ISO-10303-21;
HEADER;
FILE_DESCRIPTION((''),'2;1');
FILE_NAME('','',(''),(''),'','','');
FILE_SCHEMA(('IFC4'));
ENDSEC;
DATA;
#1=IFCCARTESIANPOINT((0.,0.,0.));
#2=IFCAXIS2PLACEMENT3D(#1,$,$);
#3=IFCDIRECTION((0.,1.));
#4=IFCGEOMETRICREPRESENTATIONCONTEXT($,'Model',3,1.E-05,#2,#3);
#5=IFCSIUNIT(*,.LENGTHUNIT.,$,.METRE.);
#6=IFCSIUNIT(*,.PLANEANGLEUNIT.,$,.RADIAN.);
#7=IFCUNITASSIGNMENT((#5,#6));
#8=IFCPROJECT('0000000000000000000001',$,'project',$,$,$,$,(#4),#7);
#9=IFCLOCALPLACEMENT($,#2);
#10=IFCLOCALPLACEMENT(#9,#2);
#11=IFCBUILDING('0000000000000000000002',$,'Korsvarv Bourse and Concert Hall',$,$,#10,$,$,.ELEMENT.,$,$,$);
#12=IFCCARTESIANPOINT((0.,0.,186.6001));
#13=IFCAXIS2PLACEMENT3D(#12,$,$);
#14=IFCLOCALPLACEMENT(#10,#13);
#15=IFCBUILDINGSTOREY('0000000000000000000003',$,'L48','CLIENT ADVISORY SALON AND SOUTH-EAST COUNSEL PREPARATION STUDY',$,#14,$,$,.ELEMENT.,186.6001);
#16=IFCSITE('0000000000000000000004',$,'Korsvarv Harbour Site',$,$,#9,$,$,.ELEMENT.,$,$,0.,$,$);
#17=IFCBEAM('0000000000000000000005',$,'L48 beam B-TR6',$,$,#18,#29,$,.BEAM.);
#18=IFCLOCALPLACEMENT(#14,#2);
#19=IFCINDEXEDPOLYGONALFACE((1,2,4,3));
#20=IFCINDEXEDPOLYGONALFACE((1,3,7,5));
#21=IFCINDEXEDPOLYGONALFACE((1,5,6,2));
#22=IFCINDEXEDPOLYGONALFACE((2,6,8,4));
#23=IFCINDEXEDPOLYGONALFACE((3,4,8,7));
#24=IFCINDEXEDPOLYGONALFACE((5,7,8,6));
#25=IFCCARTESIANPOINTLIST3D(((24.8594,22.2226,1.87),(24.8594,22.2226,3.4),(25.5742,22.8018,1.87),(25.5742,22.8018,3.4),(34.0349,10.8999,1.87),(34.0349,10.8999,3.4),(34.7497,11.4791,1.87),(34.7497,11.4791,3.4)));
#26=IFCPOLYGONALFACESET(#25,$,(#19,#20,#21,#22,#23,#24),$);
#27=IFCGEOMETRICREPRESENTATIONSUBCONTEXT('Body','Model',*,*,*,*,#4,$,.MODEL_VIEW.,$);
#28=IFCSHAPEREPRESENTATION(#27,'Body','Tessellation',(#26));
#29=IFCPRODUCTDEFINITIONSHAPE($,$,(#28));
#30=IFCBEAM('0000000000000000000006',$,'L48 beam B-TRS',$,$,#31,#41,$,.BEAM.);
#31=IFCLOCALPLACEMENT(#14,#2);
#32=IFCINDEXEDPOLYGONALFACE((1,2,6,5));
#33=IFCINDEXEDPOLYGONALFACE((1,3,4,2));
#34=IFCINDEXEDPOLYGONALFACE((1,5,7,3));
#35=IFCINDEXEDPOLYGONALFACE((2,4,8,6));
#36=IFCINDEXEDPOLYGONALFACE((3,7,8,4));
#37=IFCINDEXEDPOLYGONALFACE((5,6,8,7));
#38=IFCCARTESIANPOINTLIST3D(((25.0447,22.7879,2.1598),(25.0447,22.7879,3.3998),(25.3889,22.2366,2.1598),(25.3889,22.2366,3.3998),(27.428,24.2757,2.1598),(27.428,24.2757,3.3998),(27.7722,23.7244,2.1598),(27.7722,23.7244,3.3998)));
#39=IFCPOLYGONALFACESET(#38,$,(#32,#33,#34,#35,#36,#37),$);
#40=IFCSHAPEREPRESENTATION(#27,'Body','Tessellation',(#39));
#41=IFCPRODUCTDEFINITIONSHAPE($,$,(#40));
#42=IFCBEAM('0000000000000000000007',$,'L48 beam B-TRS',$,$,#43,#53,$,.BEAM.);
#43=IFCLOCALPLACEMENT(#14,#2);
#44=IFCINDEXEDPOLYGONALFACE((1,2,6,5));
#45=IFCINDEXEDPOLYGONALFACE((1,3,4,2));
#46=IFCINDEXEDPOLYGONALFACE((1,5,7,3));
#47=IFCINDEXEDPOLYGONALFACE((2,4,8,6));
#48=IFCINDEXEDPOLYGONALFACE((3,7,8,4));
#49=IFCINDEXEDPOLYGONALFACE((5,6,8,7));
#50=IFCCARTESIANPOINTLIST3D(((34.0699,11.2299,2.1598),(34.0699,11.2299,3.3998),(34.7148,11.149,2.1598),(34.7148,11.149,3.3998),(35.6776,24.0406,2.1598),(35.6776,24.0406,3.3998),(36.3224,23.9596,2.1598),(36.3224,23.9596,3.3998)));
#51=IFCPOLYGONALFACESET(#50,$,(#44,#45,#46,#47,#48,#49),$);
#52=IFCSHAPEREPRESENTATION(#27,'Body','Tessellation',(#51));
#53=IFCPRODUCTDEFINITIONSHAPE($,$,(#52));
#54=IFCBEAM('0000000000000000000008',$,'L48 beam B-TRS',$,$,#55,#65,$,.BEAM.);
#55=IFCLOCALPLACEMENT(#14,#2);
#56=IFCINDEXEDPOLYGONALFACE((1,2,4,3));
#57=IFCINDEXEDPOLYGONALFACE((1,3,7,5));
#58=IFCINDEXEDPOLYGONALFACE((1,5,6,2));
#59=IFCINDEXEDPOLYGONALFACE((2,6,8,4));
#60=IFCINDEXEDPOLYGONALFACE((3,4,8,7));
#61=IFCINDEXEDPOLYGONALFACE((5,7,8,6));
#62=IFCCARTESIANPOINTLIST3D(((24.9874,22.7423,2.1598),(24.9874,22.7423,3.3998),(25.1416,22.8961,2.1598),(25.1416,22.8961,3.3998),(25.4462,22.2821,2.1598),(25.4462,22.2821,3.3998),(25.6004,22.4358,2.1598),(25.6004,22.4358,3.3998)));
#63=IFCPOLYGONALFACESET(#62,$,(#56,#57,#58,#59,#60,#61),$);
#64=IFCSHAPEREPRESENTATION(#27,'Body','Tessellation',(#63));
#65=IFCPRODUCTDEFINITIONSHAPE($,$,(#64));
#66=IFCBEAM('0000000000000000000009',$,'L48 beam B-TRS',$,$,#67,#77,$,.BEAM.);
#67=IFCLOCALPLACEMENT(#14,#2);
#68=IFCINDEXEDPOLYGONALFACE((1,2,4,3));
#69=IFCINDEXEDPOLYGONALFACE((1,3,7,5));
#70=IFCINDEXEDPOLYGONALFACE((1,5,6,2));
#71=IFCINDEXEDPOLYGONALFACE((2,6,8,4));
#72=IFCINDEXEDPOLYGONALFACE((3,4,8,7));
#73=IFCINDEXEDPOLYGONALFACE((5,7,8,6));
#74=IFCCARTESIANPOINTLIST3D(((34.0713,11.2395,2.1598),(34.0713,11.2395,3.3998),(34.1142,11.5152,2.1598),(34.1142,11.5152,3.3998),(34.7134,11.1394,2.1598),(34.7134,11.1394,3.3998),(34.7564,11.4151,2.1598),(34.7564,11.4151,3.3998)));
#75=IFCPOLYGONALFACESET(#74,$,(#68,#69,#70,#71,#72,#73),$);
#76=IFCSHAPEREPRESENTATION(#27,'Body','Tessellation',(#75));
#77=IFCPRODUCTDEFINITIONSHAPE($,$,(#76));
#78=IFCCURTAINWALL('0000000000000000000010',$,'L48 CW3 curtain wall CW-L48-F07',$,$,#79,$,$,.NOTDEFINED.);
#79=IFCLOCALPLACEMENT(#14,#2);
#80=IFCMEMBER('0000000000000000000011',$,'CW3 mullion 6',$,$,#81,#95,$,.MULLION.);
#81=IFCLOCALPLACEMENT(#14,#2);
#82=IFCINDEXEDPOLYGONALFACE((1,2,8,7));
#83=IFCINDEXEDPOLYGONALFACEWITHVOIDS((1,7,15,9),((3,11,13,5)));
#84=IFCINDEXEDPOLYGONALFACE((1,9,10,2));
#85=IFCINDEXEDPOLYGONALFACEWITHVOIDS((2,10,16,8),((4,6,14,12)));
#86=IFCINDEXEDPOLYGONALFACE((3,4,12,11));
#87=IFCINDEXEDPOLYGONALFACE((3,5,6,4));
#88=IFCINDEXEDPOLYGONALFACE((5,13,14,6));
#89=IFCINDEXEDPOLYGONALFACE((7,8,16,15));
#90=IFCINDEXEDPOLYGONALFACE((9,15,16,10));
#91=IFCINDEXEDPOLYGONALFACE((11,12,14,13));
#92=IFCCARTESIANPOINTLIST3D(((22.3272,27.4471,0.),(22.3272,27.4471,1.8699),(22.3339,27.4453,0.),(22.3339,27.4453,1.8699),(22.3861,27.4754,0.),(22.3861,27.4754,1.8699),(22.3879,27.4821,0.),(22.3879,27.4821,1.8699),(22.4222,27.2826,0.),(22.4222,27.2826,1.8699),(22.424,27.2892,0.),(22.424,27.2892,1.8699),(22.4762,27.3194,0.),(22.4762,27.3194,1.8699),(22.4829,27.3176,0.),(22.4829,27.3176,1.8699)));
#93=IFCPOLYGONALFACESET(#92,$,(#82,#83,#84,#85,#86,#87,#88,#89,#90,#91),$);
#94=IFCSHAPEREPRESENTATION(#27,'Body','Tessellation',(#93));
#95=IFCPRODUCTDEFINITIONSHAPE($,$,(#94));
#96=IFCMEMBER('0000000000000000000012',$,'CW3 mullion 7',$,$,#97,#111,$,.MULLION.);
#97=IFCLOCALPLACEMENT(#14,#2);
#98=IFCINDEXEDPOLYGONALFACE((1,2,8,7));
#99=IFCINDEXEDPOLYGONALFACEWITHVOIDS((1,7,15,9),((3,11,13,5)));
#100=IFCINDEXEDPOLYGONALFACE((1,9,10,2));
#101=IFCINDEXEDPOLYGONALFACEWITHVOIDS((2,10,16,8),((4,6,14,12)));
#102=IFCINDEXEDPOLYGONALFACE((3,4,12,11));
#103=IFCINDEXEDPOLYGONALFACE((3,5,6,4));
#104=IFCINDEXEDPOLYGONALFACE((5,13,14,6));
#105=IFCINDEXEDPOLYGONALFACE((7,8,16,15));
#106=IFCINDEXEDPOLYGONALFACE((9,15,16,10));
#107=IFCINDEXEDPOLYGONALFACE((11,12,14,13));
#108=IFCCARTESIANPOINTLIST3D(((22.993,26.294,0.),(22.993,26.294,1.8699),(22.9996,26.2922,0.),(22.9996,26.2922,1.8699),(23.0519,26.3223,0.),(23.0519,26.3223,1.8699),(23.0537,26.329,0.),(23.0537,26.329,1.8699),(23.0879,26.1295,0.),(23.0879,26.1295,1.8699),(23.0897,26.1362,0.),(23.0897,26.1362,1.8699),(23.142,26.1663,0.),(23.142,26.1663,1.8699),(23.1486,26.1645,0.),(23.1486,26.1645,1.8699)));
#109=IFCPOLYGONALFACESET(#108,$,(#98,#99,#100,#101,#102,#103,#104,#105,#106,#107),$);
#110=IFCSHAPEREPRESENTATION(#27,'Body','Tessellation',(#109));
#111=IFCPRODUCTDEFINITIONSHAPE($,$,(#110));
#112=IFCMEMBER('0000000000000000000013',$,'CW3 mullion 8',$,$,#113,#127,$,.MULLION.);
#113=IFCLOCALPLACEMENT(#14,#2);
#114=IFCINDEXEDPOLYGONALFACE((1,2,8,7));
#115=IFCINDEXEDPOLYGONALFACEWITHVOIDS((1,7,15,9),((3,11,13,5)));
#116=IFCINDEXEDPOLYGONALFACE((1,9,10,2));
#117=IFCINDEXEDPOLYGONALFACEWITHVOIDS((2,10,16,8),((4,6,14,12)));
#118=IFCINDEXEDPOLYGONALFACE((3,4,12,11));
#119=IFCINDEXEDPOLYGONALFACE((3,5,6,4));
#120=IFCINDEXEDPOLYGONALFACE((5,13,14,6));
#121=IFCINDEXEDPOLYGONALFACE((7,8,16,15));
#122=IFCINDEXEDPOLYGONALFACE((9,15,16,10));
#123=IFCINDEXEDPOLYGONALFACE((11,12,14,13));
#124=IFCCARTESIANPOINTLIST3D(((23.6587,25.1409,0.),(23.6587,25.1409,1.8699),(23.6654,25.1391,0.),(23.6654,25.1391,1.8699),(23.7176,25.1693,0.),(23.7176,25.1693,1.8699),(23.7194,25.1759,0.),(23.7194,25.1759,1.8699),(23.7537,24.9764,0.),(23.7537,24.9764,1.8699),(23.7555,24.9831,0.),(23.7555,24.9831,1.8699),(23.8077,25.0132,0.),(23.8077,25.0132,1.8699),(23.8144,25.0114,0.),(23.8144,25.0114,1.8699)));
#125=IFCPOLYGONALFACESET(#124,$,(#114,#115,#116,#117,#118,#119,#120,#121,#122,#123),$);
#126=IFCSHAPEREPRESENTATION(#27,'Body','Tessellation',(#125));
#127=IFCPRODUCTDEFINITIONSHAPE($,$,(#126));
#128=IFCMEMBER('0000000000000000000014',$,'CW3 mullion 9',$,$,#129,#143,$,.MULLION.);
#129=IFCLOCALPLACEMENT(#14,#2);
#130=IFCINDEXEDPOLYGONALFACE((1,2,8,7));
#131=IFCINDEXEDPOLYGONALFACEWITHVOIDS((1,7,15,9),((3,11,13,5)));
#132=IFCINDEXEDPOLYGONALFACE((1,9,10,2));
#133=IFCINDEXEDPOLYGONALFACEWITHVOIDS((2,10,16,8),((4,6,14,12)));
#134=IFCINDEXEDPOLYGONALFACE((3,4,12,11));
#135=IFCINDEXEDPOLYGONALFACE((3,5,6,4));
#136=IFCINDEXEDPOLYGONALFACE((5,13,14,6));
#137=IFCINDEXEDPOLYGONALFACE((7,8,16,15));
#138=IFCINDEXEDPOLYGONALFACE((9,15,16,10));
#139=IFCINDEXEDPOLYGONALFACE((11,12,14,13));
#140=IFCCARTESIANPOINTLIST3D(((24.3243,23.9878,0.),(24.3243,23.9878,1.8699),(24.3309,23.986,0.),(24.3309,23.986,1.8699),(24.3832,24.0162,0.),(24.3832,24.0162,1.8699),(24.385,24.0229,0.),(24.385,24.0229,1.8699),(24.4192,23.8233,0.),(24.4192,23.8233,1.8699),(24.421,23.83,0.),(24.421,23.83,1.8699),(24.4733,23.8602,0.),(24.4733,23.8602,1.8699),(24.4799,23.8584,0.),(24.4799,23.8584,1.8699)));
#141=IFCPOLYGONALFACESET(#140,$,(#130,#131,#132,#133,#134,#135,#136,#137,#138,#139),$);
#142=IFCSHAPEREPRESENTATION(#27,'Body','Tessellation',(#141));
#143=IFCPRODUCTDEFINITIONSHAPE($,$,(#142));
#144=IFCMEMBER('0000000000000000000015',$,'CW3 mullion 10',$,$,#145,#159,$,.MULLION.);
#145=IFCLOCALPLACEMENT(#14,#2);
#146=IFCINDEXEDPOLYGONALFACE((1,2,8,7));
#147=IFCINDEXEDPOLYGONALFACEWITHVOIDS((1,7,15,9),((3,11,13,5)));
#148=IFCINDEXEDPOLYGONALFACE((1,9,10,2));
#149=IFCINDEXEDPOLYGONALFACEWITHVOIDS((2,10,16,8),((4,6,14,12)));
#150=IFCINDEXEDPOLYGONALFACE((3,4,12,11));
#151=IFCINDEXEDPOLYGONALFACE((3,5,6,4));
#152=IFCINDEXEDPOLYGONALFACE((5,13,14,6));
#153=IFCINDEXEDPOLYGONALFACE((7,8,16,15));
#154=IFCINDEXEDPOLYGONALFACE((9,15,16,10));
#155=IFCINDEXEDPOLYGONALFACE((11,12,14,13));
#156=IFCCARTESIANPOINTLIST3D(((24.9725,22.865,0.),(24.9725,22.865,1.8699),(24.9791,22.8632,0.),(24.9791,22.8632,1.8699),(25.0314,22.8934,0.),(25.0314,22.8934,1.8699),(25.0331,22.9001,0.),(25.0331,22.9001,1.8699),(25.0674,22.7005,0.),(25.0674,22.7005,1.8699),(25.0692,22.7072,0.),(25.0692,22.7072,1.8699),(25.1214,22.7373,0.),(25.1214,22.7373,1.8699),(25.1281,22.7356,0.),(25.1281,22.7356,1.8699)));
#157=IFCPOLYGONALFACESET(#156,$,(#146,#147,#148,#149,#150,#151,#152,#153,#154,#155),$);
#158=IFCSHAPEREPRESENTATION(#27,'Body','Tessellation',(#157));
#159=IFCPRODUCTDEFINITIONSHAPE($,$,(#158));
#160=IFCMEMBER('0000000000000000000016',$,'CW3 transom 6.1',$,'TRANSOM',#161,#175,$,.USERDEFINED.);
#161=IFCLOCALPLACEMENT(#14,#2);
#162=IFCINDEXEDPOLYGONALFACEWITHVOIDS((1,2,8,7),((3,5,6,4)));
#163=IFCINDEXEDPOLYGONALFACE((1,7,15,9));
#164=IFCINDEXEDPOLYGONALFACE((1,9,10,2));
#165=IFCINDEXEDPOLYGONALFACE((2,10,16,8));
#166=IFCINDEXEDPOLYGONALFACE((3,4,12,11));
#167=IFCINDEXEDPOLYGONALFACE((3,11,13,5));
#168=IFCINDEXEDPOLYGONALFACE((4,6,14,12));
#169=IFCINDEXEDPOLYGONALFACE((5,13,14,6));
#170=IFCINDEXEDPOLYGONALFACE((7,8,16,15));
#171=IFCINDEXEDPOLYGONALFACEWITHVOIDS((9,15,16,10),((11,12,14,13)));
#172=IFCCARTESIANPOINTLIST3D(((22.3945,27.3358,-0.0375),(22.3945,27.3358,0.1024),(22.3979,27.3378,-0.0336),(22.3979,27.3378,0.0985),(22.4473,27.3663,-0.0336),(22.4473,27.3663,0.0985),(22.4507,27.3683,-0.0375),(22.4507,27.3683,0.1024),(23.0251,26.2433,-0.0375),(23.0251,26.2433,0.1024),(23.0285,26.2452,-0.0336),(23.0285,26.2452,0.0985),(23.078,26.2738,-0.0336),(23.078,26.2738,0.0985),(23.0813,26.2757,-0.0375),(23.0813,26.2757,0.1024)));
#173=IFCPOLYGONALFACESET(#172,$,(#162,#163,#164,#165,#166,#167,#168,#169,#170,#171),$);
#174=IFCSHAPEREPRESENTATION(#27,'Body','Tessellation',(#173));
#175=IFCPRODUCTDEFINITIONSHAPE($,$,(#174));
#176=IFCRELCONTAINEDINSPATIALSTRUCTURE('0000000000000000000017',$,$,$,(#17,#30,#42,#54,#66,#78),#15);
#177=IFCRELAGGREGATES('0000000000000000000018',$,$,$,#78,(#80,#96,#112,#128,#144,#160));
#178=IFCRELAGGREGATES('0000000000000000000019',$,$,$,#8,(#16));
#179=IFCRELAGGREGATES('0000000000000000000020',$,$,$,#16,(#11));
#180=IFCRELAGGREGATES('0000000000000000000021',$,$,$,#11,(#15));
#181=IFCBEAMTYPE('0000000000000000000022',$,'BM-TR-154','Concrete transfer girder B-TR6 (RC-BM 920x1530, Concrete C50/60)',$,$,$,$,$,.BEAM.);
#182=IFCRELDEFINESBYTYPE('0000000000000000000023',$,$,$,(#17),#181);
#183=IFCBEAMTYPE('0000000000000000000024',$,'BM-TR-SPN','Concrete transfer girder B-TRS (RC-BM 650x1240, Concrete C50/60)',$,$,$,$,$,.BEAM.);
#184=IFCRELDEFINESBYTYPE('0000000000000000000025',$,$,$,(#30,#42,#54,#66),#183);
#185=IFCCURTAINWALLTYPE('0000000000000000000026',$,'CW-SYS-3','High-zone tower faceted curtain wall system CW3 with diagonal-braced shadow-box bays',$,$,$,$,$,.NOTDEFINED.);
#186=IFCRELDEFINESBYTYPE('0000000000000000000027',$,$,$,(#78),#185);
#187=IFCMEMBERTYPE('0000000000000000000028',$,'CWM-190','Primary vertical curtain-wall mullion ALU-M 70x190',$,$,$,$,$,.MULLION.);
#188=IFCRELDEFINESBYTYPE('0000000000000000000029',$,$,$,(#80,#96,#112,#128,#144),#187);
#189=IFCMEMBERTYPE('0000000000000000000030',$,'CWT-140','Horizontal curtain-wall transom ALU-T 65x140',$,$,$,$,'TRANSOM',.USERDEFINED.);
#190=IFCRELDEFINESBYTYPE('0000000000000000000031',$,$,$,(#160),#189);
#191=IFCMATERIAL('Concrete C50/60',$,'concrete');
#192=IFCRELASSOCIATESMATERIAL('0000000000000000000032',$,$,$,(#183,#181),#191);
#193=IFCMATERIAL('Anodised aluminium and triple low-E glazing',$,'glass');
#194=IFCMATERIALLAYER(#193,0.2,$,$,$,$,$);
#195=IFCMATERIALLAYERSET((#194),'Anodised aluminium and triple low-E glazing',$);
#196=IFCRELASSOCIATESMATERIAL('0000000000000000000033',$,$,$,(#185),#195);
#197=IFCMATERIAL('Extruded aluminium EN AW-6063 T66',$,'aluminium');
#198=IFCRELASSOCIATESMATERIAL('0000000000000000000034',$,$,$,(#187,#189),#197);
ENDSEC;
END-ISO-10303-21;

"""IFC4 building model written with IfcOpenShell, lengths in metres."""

from ifc_helpers import new_model, si_unit, direction, frame, origin, origin_2d, place, context, subcontext, project, spatial, rectangle, hollow_rectangle, extrude, source, transform, mapped, material, layer, layer_set, material_profile, profile_set, type_object, element, aggregate, save


model = new_model("IFC4")

# Units and contexts
model_context = context("Model", 3, precision=1e-05, world=origin(), true_north=direction((0.0, 1.0)))
body_context = subcontext(model_context, "Body", "Model", "MODEL_VIEW")
ifc_project = project(units=[si_unit("LENGTHUNIT", "METRE"), si_unit("PLANEANGLEUNIT", "RADIAN")], contexts=[model_context])

# Site, building, storey
site_placement = place(None, origin())
site = spatial("IfcSite", under=ifc_project, at=site_placement, Name="Korsvarv Harbour Site", CompositionType="ELEMENT", RefElevation=0.0)
building_placement = place(site_placement, origin())
building = spatial("IfcBuilding", under=site, at=building_placement, Name="Korsvarv Bourse and Concert Hall", CompositionType="ELEMENT")
storey_placement = place(building_placement, frame((0.0, 0.0, 186.6001)))
storey = spatial("IfcBuildingStorey", under=building, at=storey_placement, Name="L48", Description="CLIENT ADVISORY SALON AND SOUTH-EAST COUNSEL PREPARATION STUDY", CompositionType="ELEMENT", Elevation=186.6001)

# Beams
ifc_material_1 = material(Name="Concrete C50/60", Category="concrete")
ifc_material_profile_1 = material_profile(ifc_material_1, rectangle(XDim=0.6499, YDim=1.24, at=origin_2d()), Name="RC-BM 650x1240")
ifc_profile_set_1 = profile_set([ifc_material_profile_1], Name="Concrete C50/60")
beam_type_1 = type_object("IfcBeamType", Name="BM-TR-SPN", Description="Concrete transfer girder B-TRS (RC-BM 650x1240, Concrete C50/60)", PredefinedType="BEAM", material=ifc_profile_set_1)
ifc_material_profile_2 = material_profile(ifc_material_1, rectangle(XDim=0.9199, YDim=1.53, at=origin_2d()), Name="RC-BM 920x1530")
ifc_profile_set_2 = profile_set([ifc_material_profile_2], Name="Concrete C50/60")
beam_type_2 = type_object("IfcBeamType", Name="BM-TR-154", Description="Concrete transfer girder B-TR6 (RC-BM 920x1530, Concrete C50/60)", PredefinedType="BEAM", material=ifc_profile_set_2)
shared_shape_1 = source(origin(), body_context, "Body", "SweptSolid", [
    extrude(rectangle(XDim=0.9199, YDim=1.53, at=origin_2d()), origin(), (0.0, 0.0, 1.0), 14.5737),
])
beam_1_placement = place(storey_placement, frame((25.2168, 22.5122, 2.635), z_axis=(0.629592, -0.776926, 0.0), x_axis=(0.776926, 0.629592, 0.0)))
element("IfcBeam", 1, at=beam_1_placement, inside=storey, type_object=beam_type_2, Name="L48 beam B-TR6", PredefinedType="BEAM", context=body_context, shape_type="MappedRepresentation", body=[
    mapped(shared_shape_1, transform((0.0, 0.0, 0.0), scale=1.0)),
])
shared_shape_2 = source(origin(), body_context, "Body", "SweptSolid", [
    extrude(rectangle(XDim=0.6499, YDim=1.24, at=origin_2d()), origin(), (0.0, 0.0, 1.0), 2.8096),
])
beam_2_placement = place(storey_placement, frame((25.2168, 22.5122, 2.7798), z_axis=(0.848281, 0.529546, 0.0), x_axis=(-0.529546, 0.848281, 0.0)))
element("IfcBeam", 2, at=beam_2_placement, inside=storey, type_object=beam_type_1, Name="L48 beam B-TRS", PredefinedType="BEAM", context=body_context, shape_type="MappedRepresentation", body=[
    mapped(shared_shape_2, transform((0.0, 0.0, 0.0), scale=1.0)),
])
shared_shape_3 = source(origin(), body_context, "Body", "SweptSolid", [
    extrude(rectangle(XDim=0.6499, YDim=1.24, at=origin_2d()), origin(), (0.0, 0.0, 1.0), 12.9111),
])
beam_3_placement = place(storey_placement, frame((34.3923, 11.1895, 2.7798), z_axis=(0.124519, 0.992217, 0.0), x_axis=(-0.992217, 0.124519, 0.0)))
element("IfcBeam", 3, at=beam_3_placement, inside=storey, type_object=beam_type_1, Name="L48 beam B-TRS", PredefinedType="BEAM", context=body_context, shape_type="MappedRepresentation", body=[
    mapped(shared_shape_3, transform((0.0, 0.0, 0.0), scale=1.0)),
])
shared_shape_4 = source(origin(), body_context, "Body", "SweptSolid", [
    extrude(rectangle(XDim=0.6499, YDim=1.24, at=origin_2d()), origin(), (0.0, 0.0, 1.0), 0.2178),
])
beam_4_placement = place(storey_placement, frame((25.2168, 22.5122, 2.7798), z_axis=(0.708227, 0.705985, 0.0), x_axis=(-0.705985, 0.708227, 0.0)))
element("IfcBeam", 4, at=beam_4_placement, inside=storey, type_object=beam_type_1, Name="L48 beam B-TRS", PredefinedType="BEAM", context=body_context, shape_type="MappedRepresentation", body=[
    mapped(shared_shape_4, transform((0.0, 0.0, 0.0), scale=1.0)),
])
shared_shape_5 = source(origin(), body_context, "Body", "SweptSolid", [
    extrude(rectangle(XDim=0.6499, YDim=1.24, at=origin_2d()), origin(), (0.0, 0.0, 1.0), 0.2791),
])
beam_5_placement = place(storey_placement, frame((34.3923, 11.1895, 2.7798), z_axis=(0.15403, 0.988066, 0.0), x_axis=(-0.988066, 0.15403, 0.0)))
element("IfcBeam", 5, at=beam_5_placement, inside=storey, type_object=beam_type_1, Name="L48 beam B-TRS", PredefinedType="BEAM", context=body_context, shape_type="MappedRepresentation", body=[
    mapped(shared_shape_5, transform((0.0, 0.0, 0.0), scale=1.0)),
])

# Curtain wall, members
ifc_material_2 = material(Name="Anodised aluminium and triple low-E glazing", Category="glass")
ifc_layer_1 = layer(ifc_material_2, 0.2)
ifc_layer_set_1 = layer_set([ifc_layer_1], Name="Anodised aluminium and triple low-E glazing")
curtain_wall_type = type_object("IfcCurtainWallType", Name="CW-SYS-3", Description="High-zone tower faceted curtain wall system CW3 with diagonal-braced shadow-box bays", PredefinedType="NOTDEFINED", material=ifc_layer_set_1)
curtain_wall_placement = place(storey_placement, origin())
curtain_wall = element("IfcCurtainWall", 6, at=curtain_wall_placement, inside=storey, type_object=curtain_wall_type, Name="L48 CW3 curtain wall CW-L48-F07", PredefinedType="NOTDEFINED")
ifc_material_3 = material(Name="Extruded aluminium EN AW-6063 T66", Category="aluminium")
ifc_material_profile_3 = material_profile(ifc_material_3, hollow_rectangle(XDim=0.0701, YDim=0.1899, WallThickness=0.0049, at=origin_2d()), Name="ALU-M 70x190")
ifc_profile_set_3 = profile_set([ifc_material_profile_3], Name="Extruded aluminium EN AW-6063 T66")
member_type_1 = type_object("IfcMemberType", Name="CWM-190", Description="Primary vertical curtain-wall mullion ALU-M 70x190", PredefinedType="MULLION", material=ifc_profile_set_3)
shared_shape_6 = source(origin(), body_context, "Body", "SweptSolid", [
    extrude(hollow_rectangle(XDim=0.0701, YDim=0.1899, WallThickness=0.0049, at=origin_2d()), origin(), (0.0, 0.0, 1.0), 1.8699),
])
member_1_placement = place(storey_placement, frame((22.405, 27.3823, 0.0), z_axis=(0.0, 0.0, 1.0), x_axis=(0.866029, 0.499994, 0.0)))
member_1 = element("IfcMember", 7, at=member_1_placement, type_object=member_type_1, Name="CW3 mullion 6", PredefinedType="MULLION", context=body_context, shape_type="MappedRepresentation", body=[
    mapped(shared_shape_6, transform((0.0, 0.0, 0.0), scale=1.0)),
])
member_2_placement = place(storey_placement, frame((23.0708, 26.2292, 0.0), z_axis=(0.0, 0.0, 1.0), x_axis=(0.866029, 0.499994, 0.0)))
member_2 = element("IfcMember", 8, at=member_2_placement, type_object=member_type_1, Name="CW3 mullion 7", PredefinedType="MULLION", context=body_context, shape_type="MappedRepresentation", body=[
    mapped(shared_shape_6, transform((0.0, 0.0, 0.0), scale=1.0)),
])
member_3_placement = place(storey_placement, frame((23.7366, 25.0762, 0.0), z_axis=(0.0, 0.0, 1.0), x_axis=(0.866029, 0.499994, 0.0)))
member_3 = element("IfcMember", 9, at=member_3_placement, type_object=member_type_1, Name="CW3 mullion 8", PredefinedType="MULLION", context=body_context, shape_type="MappedRepresentation", body=[
    mapped(shared_shape_6, transform((0.0, 0.0, 0.0), scale=1.0)),
])
member_4_placement = place(storey_placement, frame((24.4021, 23.9231, 0.0), z_axis=(0.0, 0.0, 1.0), x_axis=(0.866029, 0.499994, 0.0)))
member_4 = element("IfcMember", 10, at=member_4_placement, type_object=member_type_1, Name="CW3 mullion 9", PredefinedType="MULLION", context=body_context, shape_type="MappedRepresentation", body=[
    mapped(shared_shape_6, transform((0.0, 0.0, 0.0), scale=1.0)),
])
member_5_placement = place(storey_placement, frame((25.0503, 22.8003, 0.0), z_axis=(0.0, 0.0, 1.0), x_axis=(0.866029, 0.499994, 0.0)))
member_5 = element("IfcMember", 11, at=member_5_placement, type_object=member_type_1, Name="CW3 mullion 10", PredefinedType="MULLION", context=body_context, shape_type="MappedRepresentation", body=[
    mapped(shared_shape_6, transform((0.0, 0.0, 0.0), scale=1.0)),
])
ifc_material_profile_4 = material_profile(ifc_material_3, hollow_rectangle(XDim=0.0649, YDim=0.1399, WallThickness=0.0039, at=origin_2d()), Name="ALU-T 65x140")
ifc_profile_set_4 = profile_set([ifc_material_profile_4], Name="Extruded aluminium EN AW-6063 T66")
member_type_2 = type_object("IfcMemberType", Name="CWT-140", Description="Horizontal curtain-wall transom ALU-T 65x140", ElementType="TRANSOM", PredefinedType="USERDEFINED", material=ifc_profile_set_4)
shared_shape_7 = source(origin(), body_context, "Body", "SweptSolid", [
    extrude(hollow_rectangle(XDim=0.0649, YDim=0.1399, WallThickness=0.0039, at=origin_2d()), origin(), (0.0, 0.0, 1.0), 1.2615),
])
member_6_placement = place(storey_placement, frame((22.4226, 27.3521, 0.0325), z_axis=(0.499907, -0.866079, 0.0), x_axis=(0.866079, 0.499907, 0.0)))
member_6 = element("IfcMember", 12, at=member_6_placement, type_object=member_type_2, Name="CW3 transom 6.1", ObjectType="TRANSOM", PredefinedType="USERDEFINED", context=body_context, shape_type="MappedRepresentation", body=[
    mapped(shared_shape_7, transform((0.0, 0.0, 0.0), scale=1.0)),
])
aggregate(curtain_wall, [member_1, member_2, member_3, member_4, member_5, member_6])

save(model, "model.ifc")
